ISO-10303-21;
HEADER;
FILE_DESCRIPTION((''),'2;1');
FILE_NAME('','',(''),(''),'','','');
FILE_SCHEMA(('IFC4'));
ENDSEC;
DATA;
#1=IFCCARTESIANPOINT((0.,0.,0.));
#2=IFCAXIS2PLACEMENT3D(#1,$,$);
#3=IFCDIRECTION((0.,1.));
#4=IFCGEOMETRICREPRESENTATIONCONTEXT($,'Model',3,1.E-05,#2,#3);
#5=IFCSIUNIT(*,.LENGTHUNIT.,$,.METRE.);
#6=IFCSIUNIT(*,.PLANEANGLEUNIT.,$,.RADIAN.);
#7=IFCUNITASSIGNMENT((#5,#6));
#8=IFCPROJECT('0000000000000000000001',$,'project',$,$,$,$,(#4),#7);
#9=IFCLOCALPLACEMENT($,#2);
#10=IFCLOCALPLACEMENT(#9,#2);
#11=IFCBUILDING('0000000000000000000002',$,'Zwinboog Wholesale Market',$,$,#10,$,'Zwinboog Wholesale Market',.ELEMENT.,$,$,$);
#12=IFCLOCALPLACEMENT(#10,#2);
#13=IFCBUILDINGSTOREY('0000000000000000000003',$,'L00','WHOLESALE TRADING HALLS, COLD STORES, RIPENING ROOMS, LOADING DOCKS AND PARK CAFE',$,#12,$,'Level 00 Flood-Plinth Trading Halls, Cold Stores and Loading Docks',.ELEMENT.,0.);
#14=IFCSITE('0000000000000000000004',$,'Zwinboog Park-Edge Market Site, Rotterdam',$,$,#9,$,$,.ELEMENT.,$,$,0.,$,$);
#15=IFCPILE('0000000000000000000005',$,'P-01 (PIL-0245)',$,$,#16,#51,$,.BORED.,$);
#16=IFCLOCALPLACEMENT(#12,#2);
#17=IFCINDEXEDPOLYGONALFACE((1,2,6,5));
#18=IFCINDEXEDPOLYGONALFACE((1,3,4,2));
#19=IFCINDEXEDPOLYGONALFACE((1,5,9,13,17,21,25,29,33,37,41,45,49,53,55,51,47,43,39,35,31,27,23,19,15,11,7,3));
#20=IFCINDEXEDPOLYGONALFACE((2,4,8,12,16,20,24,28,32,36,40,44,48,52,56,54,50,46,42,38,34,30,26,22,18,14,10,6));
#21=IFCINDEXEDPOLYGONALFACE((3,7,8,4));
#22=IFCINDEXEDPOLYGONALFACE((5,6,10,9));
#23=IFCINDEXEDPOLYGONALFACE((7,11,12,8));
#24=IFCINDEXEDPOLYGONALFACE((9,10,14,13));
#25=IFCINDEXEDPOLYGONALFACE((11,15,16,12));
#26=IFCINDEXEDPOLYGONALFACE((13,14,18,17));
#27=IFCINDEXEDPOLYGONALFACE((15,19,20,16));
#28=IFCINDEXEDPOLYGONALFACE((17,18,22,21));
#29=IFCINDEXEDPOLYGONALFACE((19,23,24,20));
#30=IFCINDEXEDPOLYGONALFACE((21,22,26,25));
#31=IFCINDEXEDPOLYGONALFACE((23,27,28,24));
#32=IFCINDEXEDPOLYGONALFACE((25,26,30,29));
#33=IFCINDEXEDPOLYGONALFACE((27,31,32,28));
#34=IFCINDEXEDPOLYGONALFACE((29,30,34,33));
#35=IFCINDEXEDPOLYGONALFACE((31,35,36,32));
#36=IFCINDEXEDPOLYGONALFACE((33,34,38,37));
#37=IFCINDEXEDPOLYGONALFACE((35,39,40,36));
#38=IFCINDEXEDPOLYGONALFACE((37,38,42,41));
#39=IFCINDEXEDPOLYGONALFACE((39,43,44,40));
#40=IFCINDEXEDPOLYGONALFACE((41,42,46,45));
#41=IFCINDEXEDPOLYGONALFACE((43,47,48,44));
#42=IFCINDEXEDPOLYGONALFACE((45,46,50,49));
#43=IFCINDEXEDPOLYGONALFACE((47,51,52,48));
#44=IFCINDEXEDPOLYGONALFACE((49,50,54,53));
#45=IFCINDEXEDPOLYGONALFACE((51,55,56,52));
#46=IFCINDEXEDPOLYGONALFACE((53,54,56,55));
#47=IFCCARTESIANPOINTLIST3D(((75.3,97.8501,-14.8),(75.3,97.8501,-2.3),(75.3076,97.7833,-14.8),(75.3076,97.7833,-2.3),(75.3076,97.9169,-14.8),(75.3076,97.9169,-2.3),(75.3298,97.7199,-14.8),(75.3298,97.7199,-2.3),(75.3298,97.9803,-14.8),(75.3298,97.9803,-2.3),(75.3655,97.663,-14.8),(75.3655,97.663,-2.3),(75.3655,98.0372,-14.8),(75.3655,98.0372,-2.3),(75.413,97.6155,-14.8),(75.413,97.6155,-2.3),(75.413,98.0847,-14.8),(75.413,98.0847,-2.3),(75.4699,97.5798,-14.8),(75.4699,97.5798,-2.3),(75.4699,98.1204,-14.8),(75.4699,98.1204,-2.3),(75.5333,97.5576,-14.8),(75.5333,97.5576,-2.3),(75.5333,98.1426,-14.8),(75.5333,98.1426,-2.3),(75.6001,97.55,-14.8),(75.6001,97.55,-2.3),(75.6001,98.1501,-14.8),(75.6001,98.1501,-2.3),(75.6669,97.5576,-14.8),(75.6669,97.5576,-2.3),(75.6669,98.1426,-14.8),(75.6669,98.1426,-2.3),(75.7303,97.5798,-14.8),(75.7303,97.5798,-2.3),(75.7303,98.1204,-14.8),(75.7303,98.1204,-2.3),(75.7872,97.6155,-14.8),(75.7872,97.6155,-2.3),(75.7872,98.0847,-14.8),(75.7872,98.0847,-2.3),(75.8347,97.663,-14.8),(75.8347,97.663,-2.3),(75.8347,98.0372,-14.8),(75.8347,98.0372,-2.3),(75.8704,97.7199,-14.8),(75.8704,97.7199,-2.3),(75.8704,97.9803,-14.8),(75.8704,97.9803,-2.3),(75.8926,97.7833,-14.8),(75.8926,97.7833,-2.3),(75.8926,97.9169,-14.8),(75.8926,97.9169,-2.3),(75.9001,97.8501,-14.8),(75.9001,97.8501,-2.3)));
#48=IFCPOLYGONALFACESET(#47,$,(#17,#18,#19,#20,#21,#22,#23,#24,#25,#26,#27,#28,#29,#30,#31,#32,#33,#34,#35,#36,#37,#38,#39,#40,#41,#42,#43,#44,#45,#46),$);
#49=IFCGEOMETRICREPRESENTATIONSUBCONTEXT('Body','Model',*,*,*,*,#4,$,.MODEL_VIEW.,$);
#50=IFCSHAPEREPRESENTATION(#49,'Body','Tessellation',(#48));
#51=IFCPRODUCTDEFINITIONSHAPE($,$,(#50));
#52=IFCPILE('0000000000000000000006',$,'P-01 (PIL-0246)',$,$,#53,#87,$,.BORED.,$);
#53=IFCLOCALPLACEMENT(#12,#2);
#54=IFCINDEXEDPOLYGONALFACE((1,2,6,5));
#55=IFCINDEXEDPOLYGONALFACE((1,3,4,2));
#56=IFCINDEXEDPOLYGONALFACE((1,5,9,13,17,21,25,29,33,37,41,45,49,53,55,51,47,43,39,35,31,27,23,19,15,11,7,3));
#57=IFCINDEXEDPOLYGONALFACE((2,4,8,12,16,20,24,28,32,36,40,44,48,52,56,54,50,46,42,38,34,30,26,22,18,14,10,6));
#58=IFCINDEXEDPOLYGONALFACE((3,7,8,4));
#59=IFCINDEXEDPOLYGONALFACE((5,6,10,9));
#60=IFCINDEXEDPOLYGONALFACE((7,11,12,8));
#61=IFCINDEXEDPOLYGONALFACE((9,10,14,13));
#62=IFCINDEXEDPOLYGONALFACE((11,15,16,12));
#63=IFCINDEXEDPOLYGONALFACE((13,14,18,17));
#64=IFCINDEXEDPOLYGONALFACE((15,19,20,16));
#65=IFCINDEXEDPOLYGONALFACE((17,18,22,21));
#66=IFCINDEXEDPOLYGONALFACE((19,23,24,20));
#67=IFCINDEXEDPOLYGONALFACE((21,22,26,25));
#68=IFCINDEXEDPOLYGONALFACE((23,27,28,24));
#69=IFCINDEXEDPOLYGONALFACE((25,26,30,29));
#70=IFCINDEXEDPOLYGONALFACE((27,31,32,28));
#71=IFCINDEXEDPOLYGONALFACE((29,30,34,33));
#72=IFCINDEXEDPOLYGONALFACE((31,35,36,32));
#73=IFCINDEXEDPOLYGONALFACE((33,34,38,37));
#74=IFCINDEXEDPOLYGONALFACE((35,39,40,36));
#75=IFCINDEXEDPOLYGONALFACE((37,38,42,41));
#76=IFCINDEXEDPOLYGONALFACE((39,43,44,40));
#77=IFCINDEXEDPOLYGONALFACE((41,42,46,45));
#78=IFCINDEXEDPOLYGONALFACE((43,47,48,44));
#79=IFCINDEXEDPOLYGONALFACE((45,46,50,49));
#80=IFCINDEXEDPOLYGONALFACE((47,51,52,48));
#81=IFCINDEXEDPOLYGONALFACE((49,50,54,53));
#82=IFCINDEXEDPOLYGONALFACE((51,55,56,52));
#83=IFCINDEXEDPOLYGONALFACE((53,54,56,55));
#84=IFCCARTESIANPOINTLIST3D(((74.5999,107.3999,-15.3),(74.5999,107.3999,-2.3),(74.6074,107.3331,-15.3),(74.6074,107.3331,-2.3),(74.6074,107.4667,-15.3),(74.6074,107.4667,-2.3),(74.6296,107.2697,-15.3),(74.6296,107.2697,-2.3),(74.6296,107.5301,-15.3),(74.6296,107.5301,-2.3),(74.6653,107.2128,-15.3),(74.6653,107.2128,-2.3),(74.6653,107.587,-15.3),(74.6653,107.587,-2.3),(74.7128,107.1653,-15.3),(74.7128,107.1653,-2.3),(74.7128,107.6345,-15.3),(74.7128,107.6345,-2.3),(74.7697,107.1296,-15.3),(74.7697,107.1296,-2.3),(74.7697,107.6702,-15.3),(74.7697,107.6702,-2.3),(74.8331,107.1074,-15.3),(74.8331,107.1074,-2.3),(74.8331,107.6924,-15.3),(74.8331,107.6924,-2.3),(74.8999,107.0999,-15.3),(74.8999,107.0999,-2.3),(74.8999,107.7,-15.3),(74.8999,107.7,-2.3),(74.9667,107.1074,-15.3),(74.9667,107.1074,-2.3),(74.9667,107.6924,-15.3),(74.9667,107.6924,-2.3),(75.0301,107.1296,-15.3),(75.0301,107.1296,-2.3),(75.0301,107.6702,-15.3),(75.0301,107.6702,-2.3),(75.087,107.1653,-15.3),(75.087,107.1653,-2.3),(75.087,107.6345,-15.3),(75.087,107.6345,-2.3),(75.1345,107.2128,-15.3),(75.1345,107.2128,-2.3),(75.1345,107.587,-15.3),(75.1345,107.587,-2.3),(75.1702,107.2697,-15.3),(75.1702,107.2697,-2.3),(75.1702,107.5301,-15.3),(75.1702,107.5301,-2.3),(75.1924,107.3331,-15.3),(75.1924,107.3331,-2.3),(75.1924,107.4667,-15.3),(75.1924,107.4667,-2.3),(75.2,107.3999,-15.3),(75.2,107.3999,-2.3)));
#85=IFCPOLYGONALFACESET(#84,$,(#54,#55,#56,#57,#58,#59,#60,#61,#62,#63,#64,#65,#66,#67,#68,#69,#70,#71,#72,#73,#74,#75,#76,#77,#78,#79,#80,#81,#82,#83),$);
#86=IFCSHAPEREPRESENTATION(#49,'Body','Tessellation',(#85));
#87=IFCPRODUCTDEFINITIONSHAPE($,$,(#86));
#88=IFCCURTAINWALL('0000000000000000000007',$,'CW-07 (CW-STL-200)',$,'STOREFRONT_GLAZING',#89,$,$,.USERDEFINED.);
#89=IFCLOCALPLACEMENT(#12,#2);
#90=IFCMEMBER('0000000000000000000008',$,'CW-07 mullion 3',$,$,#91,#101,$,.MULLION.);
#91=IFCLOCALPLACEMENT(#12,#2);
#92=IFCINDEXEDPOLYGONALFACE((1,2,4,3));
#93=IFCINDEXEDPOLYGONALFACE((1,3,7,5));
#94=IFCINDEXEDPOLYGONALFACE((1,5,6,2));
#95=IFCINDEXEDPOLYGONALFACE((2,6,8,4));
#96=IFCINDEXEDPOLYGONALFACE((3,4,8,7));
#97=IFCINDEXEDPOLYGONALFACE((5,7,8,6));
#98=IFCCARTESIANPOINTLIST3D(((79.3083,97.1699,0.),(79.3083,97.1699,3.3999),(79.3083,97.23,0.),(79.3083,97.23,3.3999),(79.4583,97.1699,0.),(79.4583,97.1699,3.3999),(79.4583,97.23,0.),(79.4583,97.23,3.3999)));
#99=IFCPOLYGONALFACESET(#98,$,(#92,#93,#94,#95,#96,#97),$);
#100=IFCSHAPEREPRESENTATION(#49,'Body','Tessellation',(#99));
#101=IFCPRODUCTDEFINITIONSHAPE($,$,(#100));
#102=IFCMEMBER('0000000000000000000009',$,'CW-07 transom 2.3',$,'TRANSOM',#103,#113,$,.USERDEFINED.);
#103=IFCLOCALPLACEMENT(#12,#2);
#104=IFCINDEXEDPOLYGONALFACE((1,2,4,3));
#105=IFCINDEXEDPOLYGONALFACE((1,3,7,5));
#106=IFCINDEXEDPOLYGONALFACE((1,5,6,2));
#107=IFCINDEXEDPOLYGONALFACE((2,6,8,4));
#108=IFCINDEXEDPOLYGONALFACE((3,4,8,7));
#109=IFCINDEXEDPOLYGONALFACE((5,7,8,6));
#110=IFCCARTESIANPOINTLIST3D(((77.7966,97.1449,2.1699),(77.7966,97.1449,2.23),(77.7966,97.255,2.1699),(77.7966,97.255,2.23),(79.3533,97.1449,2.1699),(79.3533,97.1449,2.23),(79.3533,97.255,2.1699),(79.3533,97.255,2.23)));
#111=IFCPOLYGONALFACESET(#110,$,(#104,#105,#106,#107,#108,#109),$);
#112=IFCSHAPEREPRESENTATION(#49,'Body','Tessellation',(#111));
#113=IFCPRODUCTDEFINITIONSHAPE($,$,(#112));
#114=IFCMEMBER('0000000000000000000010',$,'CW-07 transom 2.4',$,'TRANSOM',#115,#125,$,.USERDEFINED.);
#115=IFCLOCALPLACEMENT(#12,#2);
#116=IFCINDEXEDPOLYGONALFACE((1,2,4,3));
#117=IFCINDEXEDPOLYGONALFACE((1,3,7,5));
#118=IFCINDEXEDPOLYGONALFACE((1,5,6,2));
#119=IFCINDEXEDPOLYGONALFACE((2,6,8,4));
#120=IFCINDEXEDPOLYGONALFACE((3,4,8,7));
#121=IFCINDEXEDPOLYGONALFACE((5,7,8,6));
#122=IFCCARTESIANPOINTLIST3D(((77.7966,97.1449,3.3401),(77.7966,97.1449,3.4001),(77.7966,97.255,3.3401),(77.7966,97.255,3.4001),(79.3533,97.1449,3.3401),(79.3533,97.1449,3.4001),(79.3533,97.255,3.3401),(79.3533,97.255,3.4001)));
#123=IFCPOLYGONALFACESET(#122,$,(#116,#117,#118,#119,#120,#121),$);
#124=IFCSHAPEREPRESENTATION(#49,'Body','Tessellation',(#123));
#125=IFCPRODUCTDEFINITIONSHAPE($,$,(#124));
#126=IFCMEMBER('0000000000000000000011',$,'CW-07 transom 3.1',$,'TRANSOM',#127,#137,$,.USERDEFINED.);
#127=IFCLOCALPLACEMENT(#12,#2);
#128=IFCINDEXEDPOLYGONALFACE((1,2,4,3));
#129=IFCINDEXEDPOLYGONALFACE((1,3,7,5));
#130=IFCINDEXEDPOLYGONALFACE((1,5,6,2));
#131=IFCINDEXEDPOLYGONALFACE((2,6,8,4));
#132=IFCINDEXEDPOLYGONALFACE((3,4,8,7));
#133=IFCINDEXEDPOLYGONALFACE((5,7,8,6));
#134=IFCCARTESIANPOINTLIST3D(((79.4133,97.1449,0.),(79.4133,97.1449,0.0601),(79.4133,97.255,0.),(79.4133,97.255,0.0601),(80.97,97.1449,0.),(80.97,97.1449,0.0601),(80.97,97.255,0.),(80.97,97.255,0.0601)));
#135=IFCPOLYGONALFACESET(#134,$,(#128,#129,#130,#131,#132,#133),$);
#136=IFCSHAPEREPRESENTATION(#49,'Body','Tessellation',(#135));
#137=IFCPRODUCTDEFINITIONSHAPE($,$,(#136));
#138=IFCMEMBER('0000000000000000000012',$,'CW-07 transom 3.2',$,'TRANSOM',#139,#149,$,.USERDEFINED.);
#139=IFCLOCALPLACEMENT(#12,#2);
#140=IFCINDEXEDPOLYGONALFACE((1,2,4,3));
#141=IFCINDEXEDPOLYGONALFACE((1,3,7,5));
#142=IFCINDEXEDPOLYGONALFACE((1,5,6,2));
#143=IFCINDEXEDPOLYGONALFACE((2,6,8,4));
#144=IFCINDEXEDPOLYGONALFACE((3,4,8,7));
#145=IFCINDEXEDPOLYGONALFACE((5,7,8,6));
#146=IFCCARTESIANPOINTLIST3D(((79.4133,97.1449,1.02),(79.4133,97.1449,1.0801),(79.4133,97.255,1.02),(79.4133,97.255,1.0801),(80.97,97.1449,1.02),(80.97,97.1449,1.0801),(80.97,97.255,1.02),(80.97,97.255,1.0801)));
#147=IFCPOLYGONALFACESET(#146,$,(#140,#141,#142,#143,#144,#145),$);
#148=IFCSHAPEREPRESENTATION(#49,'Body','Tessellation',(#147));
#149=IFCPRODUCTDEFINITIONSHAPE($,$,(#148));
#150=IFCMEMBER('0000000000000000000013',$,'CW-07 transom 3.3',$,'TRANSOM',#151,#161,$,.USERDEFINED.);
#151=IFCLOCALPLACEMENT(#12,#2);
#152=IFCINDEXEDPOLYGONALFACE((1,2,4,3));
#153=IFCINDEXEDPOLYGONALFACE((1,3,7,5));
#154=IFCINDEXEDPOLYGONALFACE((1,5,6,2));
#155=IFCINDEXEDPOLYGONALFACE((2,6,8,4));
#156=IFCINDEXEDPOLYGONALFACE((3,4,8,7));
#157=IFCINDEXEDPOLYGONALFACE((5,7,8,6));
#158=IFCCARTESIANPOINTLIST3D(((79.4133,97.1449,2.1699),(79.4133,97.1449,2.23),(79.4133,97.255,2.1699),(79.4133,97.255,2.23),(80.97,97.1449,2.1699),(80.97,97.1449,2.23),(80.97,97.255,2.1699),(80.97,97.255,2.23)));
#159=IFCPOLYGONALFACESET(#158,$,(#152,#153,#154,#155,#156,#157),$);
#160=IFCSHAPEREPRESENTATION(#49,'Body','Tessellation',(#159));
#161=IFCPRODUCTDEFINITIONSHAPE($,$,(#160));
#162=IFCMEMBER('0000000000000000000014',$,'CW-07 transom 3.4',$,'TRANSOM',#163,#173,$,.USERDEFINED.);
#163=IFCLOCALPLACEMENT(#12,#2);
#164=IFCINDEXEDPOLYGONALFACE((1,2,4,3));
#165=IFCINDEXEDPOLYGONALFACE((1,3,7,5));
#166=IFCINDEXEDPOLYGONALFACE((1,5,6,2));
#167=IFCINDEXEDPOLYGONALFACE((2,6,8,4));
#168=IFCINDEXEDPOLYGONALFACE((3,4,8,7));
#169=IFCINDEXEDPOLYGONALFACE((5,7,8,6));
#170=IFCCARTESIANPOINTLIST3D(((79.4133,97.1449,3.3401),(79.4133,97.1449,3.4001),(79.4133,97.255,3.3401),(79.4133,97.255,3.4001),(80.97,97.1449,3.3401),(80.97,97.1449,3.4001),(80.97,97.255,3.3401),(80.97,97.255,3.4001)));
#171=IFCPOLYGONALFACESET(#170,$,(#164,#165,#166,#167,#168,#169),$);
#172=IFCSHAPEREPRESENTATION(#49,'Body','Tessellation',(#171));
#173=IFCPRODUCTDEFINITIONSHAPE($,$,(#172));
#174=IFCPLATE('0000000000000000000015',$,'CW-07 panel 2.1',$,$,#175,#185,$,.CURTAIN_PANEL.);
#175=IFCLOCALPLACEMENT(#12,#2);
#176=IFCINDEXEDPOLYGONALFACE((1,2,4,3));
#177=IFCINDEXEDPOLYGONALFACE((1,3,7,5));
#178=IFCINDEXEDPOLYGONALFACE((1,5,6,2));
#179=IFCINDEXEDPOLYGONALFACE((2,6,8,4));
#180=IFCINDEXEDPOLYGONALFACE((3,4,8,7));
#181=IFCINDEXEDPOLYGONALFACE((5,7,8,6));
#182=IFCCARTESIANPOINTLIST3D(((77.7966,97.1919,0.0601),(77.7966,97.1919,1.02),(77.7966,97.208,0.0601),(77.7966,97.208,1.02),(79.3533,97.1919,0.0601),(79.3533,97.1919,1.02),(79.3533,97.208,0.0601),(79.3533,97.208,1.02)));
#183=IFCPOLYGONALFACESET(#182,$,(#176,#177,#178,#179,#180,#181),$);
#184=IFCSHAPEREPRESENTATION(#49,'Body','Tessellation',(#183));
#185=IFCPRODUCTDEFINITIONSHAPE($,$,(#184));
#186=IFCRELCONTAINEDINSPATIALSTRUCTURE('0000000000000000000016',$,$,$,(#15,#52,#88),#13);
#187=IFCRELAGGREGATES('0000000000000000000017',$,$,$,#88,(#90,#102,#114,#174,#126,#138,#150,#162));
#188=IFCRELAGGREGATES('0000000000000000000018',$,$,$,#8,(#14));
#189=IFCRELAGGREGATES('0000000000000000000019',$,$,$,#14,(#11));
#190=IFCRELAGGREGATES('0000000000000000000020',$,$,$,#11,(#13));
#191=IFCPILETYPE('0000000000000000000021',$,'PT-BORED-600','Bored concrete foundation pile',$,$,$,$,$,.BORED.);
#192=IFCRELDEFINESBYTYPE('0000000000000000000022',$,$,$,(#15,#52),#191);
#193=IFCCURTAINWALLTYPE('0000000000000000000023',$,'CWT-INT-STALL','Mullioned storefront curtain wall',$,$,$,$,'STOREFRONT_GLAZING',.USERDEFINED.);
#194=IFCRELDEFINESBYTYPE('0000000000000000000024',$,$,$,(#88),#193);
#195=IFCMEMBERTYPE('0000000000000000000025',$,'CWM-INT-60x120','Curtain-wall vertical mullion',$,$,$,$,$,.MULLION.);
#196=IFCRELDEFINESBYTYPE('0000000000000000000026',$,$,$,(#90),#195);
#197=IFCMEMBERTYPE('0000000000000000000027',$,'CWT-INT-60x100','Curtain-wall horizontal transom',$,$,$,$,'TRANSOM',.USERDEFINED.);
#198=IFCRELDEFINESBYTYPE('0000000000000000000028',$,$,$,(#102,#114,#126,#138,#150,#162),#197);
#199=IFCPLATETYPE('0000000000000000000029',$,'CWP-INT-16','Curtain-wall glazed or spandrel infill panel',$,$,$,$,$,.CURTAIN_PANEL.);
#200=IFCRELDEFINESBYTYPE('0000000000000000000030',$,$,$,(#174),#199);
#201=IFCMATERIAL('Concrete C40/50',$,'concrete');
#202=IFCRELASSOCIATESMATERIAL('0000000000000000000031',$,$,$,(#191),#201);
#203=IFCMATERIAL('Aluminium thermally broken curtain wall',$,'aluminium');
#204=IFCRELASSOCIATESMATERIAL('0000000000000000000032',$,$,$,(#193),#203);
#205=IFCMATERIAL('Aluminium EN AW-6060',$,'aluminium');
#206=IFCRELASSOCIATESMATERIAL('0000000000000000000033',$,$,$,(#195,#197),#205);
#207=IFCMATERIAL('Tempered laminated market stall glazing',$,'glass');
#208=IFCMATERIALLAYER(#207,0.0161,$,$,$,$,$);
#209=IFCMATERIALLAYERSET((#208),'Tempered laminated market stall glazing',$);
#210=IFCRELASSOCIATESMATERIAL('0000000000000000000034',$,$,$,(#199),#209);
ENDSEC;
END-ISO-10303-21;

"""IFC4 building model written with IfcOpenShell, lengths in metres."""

from ifc_helpers import new_model, si_unit, direction, frame, origin, origin_2d, place, context, subcontext, project, spatial, rectangle, circle, extrude, material, layer, layer_set, material_profile, profile_set, type_object, element, aggregate, save


model = new_model("IFC4")

# Units and contexts
model_context = context("Model", 3, precision=1e-05, world=origin(), true_north=direction((0.0, 1.0)))
body_context = subcontext(model_context, "Body", "Model", "MODEL_VIEW")
ifc_project = project(units=[si_unit("LENGTHUNIT", "METRE"), si_unit("PLANEANGLEUNIT", "RADIAN")], contexts=[model_context])

# Site, building, storey
site_placement = place(None, origin())
site = spatial("IfcSite", under=ifc_project, at=site_placement, Name="Zwinboog Park-Edge Market Site, Rotterdam", CompositionType="ELEMENT", RefElevation=0.0)
building_placement = place(site_placement, origin())
building = spatial("IfcBuilding", under=site, at=building_placement, Name="Zwinboog Wholesale Market", LongName="Zwinboog Wholesale Market", CompositionType="ELEMENT")
storey_placement = place(building_placement, origin())
storey = spatial("IfcBuildingStorey", under=building, at=storey_placement, Name="L00", Description="WHOLESALE TRADING HALLS, COLD STORES, RIPENING ROOMS, LOADING DOCKS AND PARK CAFE", LongName="Level 00 Flood-Plinth Trading Halls, Cold Stores and Loading Docks", CompositionType="ELEMENT", Elevation=0.0)

# Piles
ifc_material_1 = material(Name="Concrete C40/50", Category="concrete")
ifc_material_profile_1 = material_profile(ifc_material_1, circle(Radius=0.3, at=origin_2d()), Name="PILE D600")
ifc_profile_set_1 = profile_set([ifc_material_profile_1], Name="Concrete C40/50")
pile_type = type_object("IfcPileType", Name="PT-BORED-600", Description="Bored concrete foundation pile", PredefinedType="BORED", material=ifc_profile_set_1)
pile_1_placement = place(storey_placement, frame((75.6001, 97.8501, -2.3), z_axis=(0.0, 0.0, -1.0), x_axis=(1.0, 0.0, 0.0)))
element("IfcPile", 1, at=pile_1_placement, inside=storey, type_object=pile_type, Name="P-01 (PIL-0245)", PredefinedType="BORED", context=body_context, shape_type="SweptSolid", body=[
    extrude(circle(Radius=0.3, at=origin_2d()), origin(), (0.0, 0.0, 1.0), 12.5),
])
pile_2_placement = place(storey_placement, frame((74.8999, 107.3999, -2.3), z_axis=(0.0, 0.0, -1.0), x_axis=(1.0, 0.0, 0.0)))
element("IfcPile", 2, at=pile_2_placement, inside=storey, type_object=pile_type, Name="P-01 (PIL-0246)", PredefinedType="BORED", context=body_context, shape_type="SweptSolid", body=[
    extrude(circle(Radius=0.3, at=origin_2d()), origin(), (0.0, 0.0, 1.0), 13.0),
])

# Curtain wall, members, plate
ifc_material_2 = material(Name="Aluminium thermally broken curtain wall", Category="aluminium")
curtain_wall_type = type_object("IfcCurtainWallType", Name="CWT-INT-STALL", Description="Mullioned storefront curtain wall", ElementType="STOREFRONT_GLAZING", PredefinedType="USERDEFINED", material=ifc_material_2)
curtain_wall_placement = place(storey_placement, origin())
curtain_wall = element("IfcCurtainWall", 3, at=curtain_wall_placement, inside=storey, type_object=curtain_wall_type, Name="CW-07 (CW-STL-200)", ObjectType="STOREFRONT_GLAZING", PredefinedType="USERDEFINED")
ifc_material_3 = material(Name="Aluminium EN AW-6060", Category="aluminium")
ifc_material_profile_2 = material_profile(ifc_material_3, rectangle(XDim=0.0601, YDim=0.1499, at=origin_2d()), Name="AL 60x150")
ifc_profile_set_2 = profile_set([ifc_material_profile_2], Name="Aluminium EN AW-6060")
member_type_1 = type_object("IfcMemberType", Name="CWM-INT-60x120", Description="Curtain-wall vertical mullion", PredefinedType="MULLION", material=ifc_profile_set_2)
member_1_placement = place(storey_placement, frame((79.3833, 97.2, 0.0), z_axis=(0.0, 0.0, 1.0), x_axis=(0.0, 1.0, 0.0)))
member_1 = element("IfcMember", 4, at=member_1_placement, type_object=member_type_1, Name="CW-07 mullion 3", PredefinedType="MULLION", context=body_context, shape_type="SweptSolid", body=[
    extrude(rectangle(XDim=0.0601, YDim=0.1499, at=origin_2d()), origin(), (0.0, 0.0, 1.0), 3.3999),
])
ifc_material_profile_3 = material_profile(ifc_material_3, rectangle(XDim=0.1101, YDim=0.0601, at=origin_2d()), Name="AL 60x110")
ifc_profile_set_3 = profile_set([ifc_material_profile_3], Name="Aluminium EN AW-6060")
member_type_2 = type_object("IfcMemberType", Name="CWT-INT-60x100", Description="Curtain-wall horizontal transom", ElementType="TRANSOM", PredefinedType="USERDEFINED", material=ifc_profile_set_3)
member_2_placement = place(storey_placement, frame((77.7966, 97.2, 2.2), z_axis=(1.0, 0.0, 0.0), x_axis=(0.0, 1.0, 0.0)))
member_2 = element("IfcMember", 5, at=member_2_placement, type_object=member_type_2, Name="CW-07 transom 2.3", ObjectType="TRANSOM", PredefinedType="USERDEFINED", context=body_context, shape_type="SweptSolid", body=[
    extrude(rectangle(XDim=0.1101, YDim=0.0601, at=origin_2d()), origin(), (0.0, 0.0, 1.0), 1.5566),
])
member_3_placement = place(storey_placement, frame((77.7966, 97.2, 3.3701), z_axis=(1.0, 0.0, 0.0), x_axis=(0.0, 1.0, 0.0)))
member_3 = element("IfcMember", 6, at=member_3_placement, type_object=member_type_2, Name="CW-07 transom 2.4", ObjectType="TRANSOM", PredefinedType="USERDEFINED", context=body_context, shape_type="SweptSolid", body=[
    extrude(rectangle(XDim=0.1101, YDim=0.0601, at=origin_2d()), origin(), (0.0, 0.0, 1.0), 1.5566),
])
member_4_placement = place(storey_placement, frame((79.4133, 97.2, 0.03), z_axis=(1.0, 0.0, 0.0), x_axis=(0.0, 1.0, 0.0)))
member_4 = element("IfcMember", 7, at=member_4_placement, type_object=member_type_2, Name="CW-07 transom 3.1", ObjectType="TRANSOM", PredefinedType="USERDEFINED", context=body_context, shape_type="SweptSolid", body=[
    extrude(rectangle(XDim=0.1101, YDim=0.0601, at=origin_2d()), origin(), (0.0, 0.0, 1.0), 1.5566),
])
member_5_placement = place(storey_placement, frame((79.4133, 97.2, 1.05), z_axis=(1.0, 0.0, 0.0), x_axis=(0.0, 1.0, 0.0)))
member_5 = element("IfcMember", 8, at=member_5_placement, type_object=member_type_2, Name="CW-07 transom 3.2", ObjectType="TRANSOM", PredefinedType="USERDEFINED", context=body_context, shape_type="SweptSolid", body=[
    extrude(rectangle(XDim=0.1101, YDim=0.0601, at=origin_2d()), origin(), (0.0, 0.0, 1.0), 1.5566),
])
member_6_placement = place(storey_placement, frame((79.4133, 97.2, 2.2), z_axis=(1.0, 0.0, 0.0), x_axis=(0.0, 1.0, 0.0)))
member_6 = element("IfcMember", 9, at=member_6_placement, type_object=member_type_2, Name="CW-07 transom 3.3", ObjectType="TRANSOM", PredefinedType="USERDEFINED", context=body_context, shape_type="SweptSolid", body=[
    extrude(rectangle(XDim=0.1101, YDim=0.0601, at=origin_2d()), origin(), (0.0, 0.0, 1.0), 1.5566),
])
member_7_placement = place(storey_placement, frame((79.4133, 97.2, 3.3701), z_axis=(1.0, 0.0, 0.0), x_axis=(0.0, 1.0, 0.0)))
member_7 = element("IfcMember", 10, at=member_7_placement, type_object=member_type_2, Name="CW-07 transom 3.4", ObjectType="TRANSOM", PredefinedType="USERDEFINED", context=body_context, shape_type="SweptSolid", body=[
    extrude(rectangle(XDim=0.1101, YDim=0.0601, at=origin_2d()), origin(), (0.0, 0.0, 1.0), 1.5566),
])
ifc_material_4 = material(Name="Tempered laminated market stall glazing", Category="glass")
ifc_layer_1 = layer(ifc_material_4, 0.0161)
ifc_layer_set_1 = layer_set([ifc_layer_1], Name="Tempered laminated market stall glazing")
plate_type = type_object("IfcPlateType", Name="CWP-INT-16", Description="Curtain-wall glazed or spandrel infill panel", PredefinedType="CURTAIN_PANEL", material=ifc_layer_set_1)
plate_1_placement = place(storey_placement, frame((78.575, 97.2, 0.0601), z_axis=(0.0, 0.0, 1.0), x_axis=(1.0, 0.0, 0.0)))
plate_1 = element("IfcPlate", 11, at=plate_1_placement, type_object=plate_type, Name="CW-07 panel 2.1", PredefinedType="CURTAIN_PANEL", context=body_context, shape_type="SweptSolid", body=[
    extrude(rectangle(XDim=1.5566, YDim=0.0161, at=origin_2d()), origin(), (0.0, 0.0, 1.0), 0.96),
])
aggregate(curtain_wall, [member_1, member_2, member_3, plate_1, member_4, member_5, member_6, member_7])

save(model, "model.ifc")
